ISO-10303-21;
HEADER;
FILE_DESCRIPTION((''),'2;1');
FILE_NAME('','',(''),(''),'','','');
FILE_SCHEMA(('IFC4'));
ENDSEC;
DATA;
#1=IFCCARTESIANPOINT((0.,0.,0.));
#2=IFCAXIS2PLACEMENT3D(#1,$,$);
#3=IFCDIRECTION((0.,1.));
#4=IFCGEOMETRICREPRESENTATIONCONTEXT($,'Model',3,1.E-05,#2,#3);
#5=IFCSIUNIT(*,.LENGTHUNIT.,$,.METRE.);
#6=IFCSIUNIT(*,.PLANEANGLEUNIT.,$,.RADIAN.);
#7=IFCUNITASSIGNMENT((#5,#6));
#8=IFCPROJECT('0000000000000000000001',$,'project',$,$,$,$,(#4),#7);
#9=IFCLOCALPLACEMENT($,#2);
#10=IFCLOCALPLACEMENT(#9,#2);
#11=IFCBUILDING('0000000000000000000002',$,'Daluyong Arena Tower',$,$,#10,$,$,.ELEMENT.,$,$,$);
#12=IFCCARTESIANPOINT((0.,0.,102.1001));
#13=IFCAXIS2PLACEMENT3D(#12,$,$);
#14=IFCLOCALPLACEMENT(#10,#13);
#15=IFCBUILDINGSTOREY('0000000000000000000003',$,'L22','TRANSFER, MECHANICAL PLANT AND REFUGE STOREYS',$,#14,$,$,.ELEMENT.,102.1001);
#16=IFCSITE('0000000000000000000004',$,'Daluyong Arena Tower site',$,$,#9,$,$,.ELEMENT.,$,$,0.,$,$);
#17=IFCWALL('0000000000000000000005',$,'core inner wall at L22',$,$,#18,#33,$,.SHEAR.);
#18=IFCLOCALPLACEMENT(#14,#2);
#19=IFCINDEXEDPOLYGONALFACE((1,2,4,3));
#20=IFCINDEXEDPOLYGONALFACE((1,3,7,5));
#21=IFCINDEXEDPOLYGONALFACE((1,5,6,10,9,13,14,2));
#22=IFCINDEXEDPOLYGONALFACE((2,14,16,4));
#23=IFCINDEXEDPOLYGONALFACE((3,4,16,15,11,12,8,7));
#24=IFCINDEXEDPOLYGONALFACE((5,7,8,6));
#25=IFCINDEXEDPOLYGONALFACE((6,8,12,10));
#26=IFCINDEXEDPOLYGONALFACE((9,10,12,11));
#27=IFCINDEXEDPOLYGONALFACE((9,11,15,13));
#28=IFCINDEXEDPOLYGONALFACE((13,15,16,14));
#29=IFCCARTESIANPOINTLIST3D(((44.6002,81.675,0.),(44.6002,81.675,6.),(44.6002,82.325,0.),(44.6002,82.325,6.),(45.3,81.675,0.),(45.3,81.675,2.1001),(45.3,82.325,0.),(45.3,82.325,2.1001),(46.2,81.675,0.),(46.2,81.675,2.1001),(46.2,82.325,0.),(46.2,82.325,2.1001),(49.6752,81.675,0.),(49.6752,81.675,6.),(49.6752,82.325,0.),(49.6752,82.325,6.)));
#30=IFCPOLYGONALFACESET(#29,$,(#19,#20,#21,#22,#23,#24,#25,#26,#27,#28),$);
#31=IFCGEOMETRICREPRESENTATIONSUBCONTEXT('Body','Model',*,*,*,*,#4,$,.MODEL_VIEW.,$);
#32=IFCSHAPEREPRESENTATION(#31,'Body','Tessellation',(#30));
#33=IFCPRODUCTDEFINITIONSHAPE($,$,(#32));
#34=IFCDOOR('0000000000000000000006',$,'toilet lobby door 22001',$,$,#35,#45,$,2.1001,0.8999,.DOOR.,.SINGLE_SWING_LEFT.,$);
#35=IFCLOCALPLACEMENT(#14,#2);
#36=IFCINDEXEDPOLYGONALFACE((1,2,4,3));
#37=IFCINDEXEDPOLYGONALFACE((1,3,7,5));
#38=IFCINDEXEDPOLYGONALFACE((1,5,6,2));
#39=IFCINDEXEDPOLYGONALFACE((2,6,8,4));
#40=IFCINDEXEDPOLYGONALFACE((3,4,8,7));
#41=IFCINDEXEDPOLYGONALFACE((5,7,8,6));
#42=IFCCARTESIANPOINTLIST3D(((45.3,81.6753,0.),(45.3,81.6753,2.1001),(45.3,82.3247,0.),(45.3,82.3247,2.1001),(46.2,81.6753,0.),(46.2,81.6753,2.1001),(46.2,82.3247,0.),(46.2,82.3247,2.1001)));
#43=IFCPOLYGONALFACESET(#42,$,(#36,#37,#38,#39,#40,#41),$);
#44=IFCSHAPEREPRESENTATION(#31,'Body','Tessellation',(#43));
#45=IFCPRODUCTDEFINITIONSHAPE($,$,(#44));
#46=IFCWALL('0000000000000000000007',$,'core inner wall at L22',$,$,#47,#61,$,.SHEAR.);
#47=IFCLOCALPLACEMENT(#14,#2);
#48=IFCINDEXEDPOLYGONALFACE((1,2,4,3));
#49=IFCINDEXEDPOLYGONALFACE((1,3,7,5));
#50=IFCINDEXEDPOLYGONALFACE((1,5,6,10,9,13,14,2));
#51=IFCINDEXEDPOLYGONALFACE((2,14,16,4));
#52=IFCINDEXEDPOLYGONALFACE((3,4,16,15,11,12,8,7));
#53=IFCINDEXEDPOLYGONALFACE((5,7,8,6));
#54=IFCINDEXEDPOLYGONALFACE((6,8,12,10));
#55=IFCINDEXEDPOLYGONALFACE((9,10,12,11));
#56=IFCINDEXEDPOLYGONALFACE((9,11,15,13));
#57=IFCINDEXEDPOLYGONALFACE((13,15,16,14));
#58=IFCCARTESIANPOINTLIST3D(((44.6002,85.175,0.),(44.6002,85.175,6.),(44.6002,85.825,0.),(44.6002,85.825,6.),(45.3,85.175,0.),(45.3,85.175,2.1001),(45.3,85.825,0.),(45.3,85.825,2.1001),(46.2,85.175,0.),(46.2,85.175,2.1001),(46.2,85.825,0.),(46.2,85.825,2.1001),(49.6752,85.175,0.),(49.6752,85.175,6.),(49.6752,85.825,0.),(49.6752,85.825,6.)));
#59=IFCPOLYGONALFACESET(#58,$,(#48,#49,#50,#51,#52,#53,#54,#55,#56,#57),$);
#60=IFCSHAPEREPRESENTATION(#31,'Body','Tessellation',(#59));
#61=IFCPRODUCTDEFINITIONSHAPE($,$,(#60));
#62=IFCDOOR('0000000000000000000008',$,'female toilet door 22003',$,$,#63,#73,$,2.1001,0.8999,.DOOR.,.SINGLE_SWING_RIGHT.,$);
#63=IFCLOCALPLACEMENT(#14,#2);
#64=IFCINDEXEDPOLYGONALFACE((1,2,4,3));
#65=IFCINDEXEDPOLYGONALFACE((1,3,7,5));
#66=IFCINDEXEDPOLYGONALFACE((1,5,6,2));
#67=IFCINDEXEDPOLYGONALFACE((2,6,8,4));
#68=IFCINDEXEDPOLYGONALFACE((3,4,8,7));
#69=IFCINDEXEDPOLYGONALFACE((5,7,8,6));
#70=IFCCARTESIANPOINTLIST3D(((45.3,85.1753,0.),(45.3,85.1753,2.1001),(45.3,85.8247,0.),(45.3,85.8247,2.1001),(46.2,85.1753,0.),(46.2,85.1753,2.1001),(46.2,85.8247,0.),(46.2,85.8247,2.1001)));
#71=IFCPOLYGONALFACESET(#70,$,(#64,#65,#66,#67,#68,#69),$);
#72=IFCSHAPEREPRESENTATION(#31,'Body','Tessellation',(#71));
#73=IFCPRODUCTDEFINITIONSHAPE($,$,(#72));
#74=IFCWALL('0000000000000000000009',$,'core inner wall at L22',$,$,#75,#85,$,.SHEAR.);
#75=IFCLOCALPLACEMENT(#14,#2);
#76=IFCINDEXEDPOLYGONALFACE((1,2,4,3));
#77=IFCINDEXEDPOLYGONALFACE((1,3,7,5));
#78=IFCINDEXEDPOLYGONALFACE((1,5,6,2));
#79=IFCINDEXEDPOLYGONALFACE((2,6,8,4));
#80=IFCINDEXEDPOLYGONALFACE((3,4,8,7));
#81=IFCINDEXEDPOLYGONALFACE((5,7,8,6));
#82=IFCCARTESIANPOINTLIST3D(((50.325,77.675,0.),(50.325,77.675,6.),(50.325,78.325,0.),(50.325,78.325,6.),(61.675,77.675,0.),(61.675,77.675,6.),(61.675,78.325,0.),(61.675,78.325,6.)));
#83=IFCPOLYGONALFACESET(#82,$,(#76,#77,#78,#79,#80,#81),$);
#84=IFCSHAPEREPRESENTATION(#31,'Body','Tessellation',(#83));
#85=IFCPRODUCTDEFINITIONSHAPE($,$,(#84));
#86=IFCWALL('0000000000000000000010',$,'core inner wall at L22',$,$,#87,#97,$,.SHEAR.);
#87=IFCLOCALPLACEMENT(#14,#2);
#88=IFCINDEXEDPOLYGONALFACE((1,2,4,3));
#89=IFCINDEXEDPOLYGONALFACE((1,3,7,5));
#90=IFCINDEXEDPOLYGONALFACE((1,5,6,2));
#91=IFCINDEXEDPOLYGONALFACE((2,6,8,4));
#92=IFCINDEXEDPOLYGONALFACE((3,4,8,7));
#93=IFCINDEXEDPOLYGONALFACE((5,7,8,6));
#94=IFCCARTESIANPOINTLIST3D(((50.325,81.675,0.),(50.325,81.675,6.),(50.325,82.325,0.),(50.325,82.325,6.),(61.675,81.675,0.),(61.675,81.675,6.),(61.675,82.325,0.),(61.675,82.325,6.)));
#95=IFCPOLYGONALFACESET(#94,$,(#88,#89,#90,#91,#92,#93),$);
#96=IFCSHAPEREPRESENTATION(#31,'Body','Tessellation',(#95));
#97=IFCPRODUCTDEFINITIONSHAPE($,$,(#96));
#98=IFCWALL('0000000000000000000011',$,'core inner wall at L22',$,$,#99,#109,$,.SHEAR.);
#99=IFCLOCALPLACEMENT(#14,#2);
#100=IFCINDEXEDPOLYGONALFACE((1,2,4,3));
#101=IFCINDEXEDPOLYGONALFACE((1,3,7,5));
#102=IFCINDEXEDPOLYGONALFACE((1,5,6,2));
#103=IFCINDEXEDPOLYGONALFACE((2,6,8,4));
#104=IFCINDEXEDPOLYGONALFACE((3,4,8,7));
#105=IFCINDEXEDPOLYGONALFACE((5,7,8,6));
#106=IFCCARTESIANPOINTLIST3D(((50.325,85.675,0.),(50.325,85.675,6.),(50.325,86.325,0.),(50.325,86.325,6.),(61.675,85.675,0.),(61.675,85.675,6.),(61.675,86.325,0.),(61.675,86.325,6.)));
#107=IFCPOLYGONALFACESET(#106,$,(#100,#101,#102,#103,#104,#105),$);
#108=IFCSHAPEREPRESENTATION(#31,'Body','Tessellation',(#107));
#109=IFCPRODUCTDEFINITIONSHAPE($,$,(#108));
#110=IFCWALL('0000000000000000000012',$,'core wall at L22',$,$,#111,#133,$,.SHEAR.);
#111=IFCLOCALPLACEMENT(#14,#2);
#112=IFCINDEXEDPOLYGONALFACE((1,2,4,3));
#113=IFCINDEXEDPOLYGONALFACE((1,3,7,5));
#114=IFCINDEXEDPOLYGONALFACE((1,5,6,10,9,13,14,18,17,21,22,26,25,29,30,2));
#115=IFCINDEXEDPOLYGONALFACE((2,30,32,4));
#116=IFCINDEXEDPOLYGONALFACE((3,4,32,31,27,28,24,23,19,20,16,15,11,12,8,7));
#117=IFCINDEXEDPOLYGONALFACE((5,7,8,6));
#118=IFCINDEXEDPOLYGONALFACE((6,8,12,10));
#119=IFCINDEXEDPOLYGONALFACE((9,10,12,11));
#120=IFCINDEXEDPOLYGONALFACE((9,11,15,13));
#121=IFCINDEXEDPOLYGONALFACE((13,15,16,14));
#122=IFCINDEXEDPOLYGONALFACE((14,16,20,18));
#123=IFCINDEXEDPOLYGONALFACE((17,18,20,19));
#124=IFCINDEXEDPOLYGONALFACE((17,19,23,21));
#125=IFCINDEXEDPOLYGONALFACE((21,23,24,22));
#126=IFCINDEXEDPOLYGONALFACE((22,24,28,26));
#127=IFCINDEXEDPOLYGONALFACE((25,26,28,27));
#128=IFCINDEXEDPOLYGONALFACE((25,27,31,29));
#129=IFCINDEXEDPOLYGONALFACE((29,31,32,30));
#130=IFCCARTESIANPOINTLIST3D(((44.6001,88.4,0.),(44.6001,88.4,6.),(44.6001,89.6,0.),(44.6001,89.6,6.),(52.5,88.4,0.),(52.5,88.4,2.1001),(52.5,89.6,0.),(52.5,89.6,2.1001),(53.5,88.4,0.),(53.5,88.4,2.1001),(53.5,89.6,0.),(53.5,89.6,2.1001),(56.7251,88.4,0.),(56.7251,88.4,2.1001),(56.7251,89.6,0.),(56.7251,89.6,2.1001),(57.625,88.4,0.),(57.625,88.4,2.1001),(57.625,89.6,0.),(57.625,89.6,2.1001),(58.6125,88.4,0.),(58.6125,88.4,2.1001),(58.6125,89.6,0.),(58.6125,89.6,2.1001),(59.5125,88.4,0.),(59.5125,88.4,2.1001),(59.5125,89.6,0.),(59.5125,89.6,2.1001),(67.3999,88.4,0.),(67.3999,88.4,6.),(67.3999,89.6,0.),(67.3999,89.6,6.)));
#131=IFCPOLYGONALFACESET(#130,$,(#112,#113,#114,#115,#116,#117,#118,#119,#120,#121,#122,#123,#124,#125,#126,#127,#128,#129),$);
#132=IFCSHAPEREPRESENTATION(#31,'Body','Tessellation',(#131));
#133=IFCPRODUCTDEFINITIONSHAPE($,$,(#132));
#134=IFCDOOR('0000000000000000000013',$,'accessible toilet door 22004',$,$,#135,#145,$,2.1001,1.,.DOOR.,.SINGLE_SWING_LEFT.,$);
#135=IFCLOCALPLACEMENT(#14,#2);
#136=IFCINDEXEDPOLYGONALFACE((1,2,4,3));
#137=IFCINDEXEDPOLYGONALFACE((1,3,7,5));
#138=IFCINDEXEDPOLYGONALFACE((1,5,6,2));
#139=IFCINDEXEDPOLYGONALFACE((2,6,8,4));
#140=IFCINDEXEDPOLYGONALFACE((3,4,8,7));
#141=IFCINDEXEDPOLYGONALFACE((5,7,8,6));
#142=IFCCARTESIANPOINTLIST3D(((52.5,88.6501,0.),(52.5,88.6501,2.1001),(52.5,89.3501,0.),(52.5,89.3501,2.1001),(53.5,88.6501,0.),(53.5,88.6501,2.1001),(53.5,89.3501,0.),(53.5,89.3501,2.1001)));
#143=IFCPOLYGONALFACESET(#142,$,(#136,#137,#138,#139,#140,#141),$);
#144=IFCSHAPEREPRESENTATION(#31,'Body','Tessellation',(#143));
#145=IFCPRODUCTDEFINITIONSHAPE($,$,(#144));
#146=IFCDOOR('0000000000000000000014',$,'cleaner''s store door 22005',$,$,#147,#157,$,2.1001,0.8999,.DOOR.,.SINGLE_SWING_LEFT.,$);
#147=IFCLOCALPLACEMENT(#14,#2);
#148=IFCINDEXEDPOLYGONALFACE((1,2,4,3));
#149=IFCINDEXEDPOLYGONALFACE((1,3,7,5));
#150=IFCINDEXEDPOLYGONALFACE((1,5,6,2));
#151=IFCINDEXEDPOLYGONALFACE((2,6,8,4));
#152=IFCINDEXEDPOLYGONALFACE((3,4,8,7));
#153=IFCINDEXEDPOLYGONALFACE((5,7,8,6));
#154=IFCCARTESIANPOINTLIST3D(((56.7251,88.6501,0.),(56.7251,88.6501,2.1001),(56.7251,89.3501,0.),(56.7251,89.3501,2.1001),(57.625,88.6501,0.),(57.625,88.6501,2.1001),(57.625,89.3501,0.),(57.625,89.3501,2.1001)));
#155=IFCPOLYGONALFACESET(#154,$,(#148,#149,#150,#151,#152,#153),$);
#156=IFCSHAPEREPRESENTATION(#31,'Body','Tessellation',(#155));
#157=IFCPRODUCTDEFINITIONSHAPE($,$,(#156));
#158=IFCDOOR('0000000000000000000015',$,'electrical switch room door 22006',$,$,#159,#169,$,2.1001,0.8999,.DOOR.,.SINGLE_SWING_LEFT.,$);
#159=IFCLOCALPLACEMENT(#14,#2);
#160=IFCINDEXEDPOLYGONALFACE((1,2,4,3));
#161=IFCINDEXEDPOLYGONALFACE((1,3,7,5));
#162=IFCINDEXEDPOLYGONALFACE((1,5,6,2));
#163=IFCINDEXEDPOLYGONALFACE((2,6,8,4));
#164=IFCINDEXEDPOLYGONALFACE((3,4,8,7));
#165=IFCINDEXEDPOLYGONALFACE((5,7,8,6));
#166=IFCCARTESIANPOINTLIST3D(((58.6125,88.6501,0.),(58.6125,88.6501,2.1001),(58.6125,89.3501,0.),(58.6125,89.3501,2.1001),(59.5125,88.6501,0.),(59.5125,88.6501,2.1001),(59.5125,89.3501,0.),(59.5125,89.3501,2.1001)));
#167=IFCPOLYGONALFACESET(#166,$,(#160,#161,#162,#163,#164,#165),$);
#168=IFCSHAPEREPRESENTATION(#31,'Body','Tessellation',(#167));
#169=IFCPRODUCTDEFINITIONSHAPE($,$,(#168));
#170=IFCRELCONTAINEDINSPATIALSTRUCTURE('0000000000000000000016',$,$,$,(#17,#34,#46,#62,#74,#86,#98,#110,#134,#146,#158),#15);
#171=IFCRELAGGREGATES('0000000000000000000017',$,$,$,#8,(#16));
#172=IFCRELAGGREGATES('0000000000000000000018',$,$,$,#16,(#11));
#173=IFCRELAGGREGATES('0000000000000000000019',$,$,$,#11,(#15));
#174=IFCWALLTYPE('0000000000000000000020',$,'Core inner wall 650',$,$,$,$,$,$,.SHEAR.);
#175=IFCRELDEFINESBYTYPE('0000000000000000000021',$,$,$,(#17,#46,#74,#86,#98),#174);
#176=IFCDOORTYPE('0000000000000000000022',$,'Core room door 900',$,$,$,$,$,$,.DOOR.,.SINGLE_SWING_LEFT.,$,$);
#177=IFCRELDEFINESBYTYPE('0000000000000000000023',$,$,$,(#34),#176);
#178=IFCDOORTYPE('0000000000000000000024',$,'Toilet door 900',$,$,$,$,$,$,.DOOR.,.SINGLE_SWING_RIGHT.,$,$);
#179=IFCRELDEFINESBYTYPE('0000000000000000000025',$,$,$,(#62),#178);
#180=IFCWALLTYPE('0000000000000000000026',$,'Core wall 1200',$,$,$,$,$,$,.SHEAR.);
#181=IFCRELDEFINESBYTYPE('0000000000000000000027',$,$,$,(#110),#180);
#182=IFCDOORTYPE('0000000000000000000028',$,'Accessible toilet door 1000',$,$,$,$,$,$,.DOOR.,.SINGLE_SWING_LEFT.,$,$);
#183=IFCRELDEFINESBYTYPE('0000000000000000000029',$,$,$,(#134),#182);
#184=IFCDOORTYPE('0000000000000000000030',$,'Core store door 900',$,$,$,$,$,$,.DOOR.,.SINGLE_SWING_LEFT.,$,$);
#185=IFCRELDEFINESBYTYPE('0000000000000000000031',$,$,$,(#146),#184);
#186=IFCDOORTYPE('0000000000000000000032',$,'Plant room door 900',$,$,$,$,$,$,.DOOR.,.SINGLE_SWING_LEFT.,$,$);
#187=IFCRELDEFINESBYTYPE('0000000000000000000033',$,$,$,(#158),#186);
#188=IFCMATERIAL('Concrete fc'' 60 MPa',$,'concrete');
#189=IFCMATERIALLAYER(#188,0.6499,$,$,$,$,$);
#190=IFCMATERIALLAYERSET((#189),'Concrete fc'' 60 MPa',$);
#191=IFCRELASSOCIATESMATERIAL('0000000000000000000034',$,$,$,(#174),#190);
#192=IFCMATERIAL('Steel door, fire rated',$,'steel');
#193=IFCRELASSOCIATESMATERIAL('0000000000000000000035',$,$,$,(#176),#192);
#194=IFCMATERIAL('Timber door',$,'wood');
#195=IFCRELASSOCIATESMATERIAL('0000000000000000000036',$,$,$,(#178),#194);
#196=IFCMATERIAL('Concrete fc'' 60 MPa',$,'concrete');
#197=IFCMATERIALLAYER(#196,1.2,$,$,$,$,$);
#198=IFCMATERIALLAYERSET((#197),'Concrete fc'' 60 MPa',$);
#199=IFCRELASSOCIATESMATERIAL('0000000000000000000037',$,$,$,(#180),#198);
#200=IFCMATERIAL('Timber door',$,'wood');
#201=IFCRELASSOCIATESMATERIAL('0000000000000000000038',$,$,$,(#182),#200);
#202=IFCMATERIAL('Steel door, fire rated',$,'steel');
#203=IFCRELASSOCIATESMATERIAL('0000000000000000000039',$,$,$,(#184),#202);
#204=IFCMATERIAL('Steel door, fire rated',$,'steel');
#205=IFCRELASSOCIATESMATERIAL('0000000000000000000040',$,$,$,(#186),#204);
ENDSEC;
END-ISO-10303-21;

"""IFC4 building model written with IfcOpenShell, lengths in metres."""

from ifc_helpers import new_model, si_unit, direction, frame, frame_2d, origin, place, context, subcontext, project, spatial, rectangle, extrude, material, layer, layer_set, type_object, element, fill, save


model = new_model("IFC4")

# Units and contexts
model_context = context("Model", 3, precision=1e-05, world=origin(), true_north=direction((0.0, 1.0)))
body_context = subcontext(model_context, "Body", "Model", "MODEL_VIEW")
ifc_project = project(units=[si_unit("LENGTHUNIT", "METRE"), si_unit("PLANEANGLEUNIT", "RADIAN")], contexts=[model_context])

# Site, building, storey
site_placement = place(None, origin())
site = spatial("IfcSite", under=ifc_project, at=site_placement, Name="Daluyong Arena Tower site", CompositionType="ELEMENT", RefElevation=0.0)
building_placement = place(site_placement, origin())
building = spatial("IfcBuilding", under=site, at=building_placement, Name="Daluyong Arena Tower", CompositionType="ELEMENT")
storey_placement = place(building_placement, frame((0.0, 0.0, 102.1001)))
storey = spatial("IfcBuildingStorey", under=building, at=storey_placement, Name="L22", Description="TRANSFER, MECHANICAL PLANT AND REFUGE STOREYS", CompositionType="ELEMENT", Elevation=102.1001)

# Walls, openings, doors
ifc_material_1 = material(Name="Concrete fc' 60 MPa", Category="concrete")
ifc_layer_1 = layer(ifc_material_1, 0.6499)
ifc_layer_set_1 = layer_set([ifc_layer_1], Name="Concrete fc' 60 MPa")
wall_type_1 = type_object("IfcWallType", Name="Core inner wall 650", PredefinedType="SHEAR", material=ifc_layer_set_1)
wall_1_placement = place(storey_placement, frame((44.6001, 82.0, 0.0), z_axis=(0.0, 0.0, 1.0), x_axis=(1.0, 0.0, 0.0)))
wall_1 = element("IfcWall", 1, at=wall_1_placement, inside=storey, type_object=wall_type_1, Name="core inner wall at L22", PredefinedType="SHEAR", context=body_context, shape_type="SweptSolid", body=[
    extrude(rectangle(XDim=5.075, YDim=0.6499, at=frame_2d((2.5376, 0.0))), origin(), (0.0, 0.0, 1.0), 6.0),
])
opening_1_placement = place(wall_1_placement, frame((0.7, 0.0, 0.0)))
opening_1 = element("IfcOpeningElement", 2, at=opening_1_placement, cuts=wall_1, PredefinedType="OPENING", context=body_context, shape_type="SweptSolid", body=[
    extrude(rectangle(XDim=0.8999, YDim=2.1001, at=frame_2d((0.45, 1.05))), frame((0.0, 0.335, 0.0), z_axis=(0.0, -1.0, 0.0), x_axis=(1.0, 0.0, 0.0)), (0.0, 0.0, 1.0), 0.6699),
])
ifc_material_2 = material(Name="Steel door, fire rated", Category="steel")
door_type_1 = type_object("IfcDoorType", Name="Core room door 900", OperationType="SINGLE_SWING_LEFT", PredefinedType="DOOR", material=ifc_material_2)
door_1_placement = place(opening_1_placement, origin())
door_1 = element("IfcDoor", 3, at=door_1_placement, inside=storey, type_object=door_type_1, Name="toilet lobby door 22001", OperationType="SINGLE_SWING_LEFT", OverallHeight=2.1001, OverallWidth=0.8999, PredefinedType="DOOR", context=body_context, shape_type="SweptSolid", body=[
    extrude(rectangle(XDim=0.8999, YDim=2.1001, at=frame_2d((0.45, 1.05))), frame((0.0, 0.3247, 0.0), z_axis=(0.0, -1.0, 0.0), x_axis=(1.0, 0.0, 0.0)), (0.0, 0.0, 1.0), 0.6494),
])
fill(opening_1, door_1)
wall_2_placement = place(storey_placement, frame((44.6001, 85.5, 0.0), z_axis=(0.0, 0.0, 1.0), x_axis=(1.0, 0.0, 0.0)))
wall_2 = element("IfcWall", 4, at=wall_2_placement, inside=storey, type_object=wall_type_1, Name="core inner wall at L22", PredefinedType="SHEAR", context=body_context, shape_type="SweptSolid", body=[
    extrude(rectangle(XDim=5.075, YDim=0.6499, at=frame_2d((2.5376, 0.0))), origin(), (0.0, 0.0, 1.0), 6.0),
])
opening_2_placement = place(wall_2_placement, frame((0.7, 0.0, 0.0)))
opening_2 = element("IfcOpeningElement", 5, at=opening_2_placement, cuts=wall_2, PredefinedType="OPENING", context=body_context, shape_type="SweptSolid", body=[
    extrude(rectangle(XDim=0.8999, YDim=2.1001, at=frame_2d((0.45, 1.05))), frame((0.0, 0.335, 0.0), z_axis=(0.0, -1.0, 0.0), x_axis=(1.0, 0.0, 0.0)), (0.0, 0.0, 1.0), 0.6699),
])
ifc_material_3 = material(Name="Timber door", Category="wood")
door_type_2 = type_object("IfcDoorType", Name="Toilet door 900", OperationType="SINGLE_SWING_RIGHT", PredefinedType="DOOR", material=ifc_material_3)
door_2_placement = place(opening_2_placement, origin())
door_2 = element("IfcDoor", 6, at=door_2_placement, inside=storey, type_object=door_type_2, Name="female toilet door 22003", OperationType="SINGLE_SWING_RIGHT", OverallHeight=2.1001, OverallWidth=0.8999, PredefinedType="DOOR", context=body_context, shape_type="SweptSolid", body=[
    extrude(rectangle(XDim=0.8999, YDim=2.1001, at=frame_2d((0.45, 1.05))), frame((0.0, 0.3247, 0.0), z_axis=(0.0, -1.0, 0.0), x_axis=(1.0, 0.0, 0.0)), (0.0, 0.0, 1.0), 0.6494),
])
fill(opening_2, door_2)

# Walls
for number, where, z_axis, x_axis, name in (
    (7, (50.325, 78.0, 0.0), (0.0, 0.0, 1.0), (1.0, 0.0, 0.0), "core inner wall at L22"),
    (8, (50.325, 82.0, 0.0), (0.0, 0.0, 1.0), (1.0, 0.0, 0.0), "core inner wall at L22"),
    (9, (50.325, 86.0, 0.0), (0.0, 0.0, 1.0), (1.0, 0.0, 0.0), "core inner wall at L22"),
):
    element("IfcWall", number, at=place(storey_placement, frame(where, z_axis=z_axis, x_axis=x_axis)), inside=storey, type_object=wall_type_1, Name=name, PredefinedType="SHEAR", context=body_context, shape_type="SweptSolid", body=[
        extrude(rectangle(XDim=11.3501, YDim=0.6499, at=frame_2d((5.675, 0.0))), origin(), (0.0, 0.0, 1.0), 6.0),
    ])

# Wall, openings, doors
ifc_material_4 = material(Name="Concrete fc' 60 MPa", Category="concrete")
ifc_layer_2 = layer(ifc_material_4, 1.2)
ifc_layer_set_2 = layer_set([ifc_layer_2], Name="Concrete fc' 60 MPa")
wall_type_2 = type_object("IfcWallType", Name="Core wall 1200", PredefinedType="SHEAR", material=ifc_layer_set_2)
wall_3_placement = place(storey_placement, frame((44.6001, 89.0, 0.0), z_axis=(0.0, 0.0, 1.0), x_axis=(1.0, 0.0, 0.0)))
wall_3 = element("IfcWall", 10, at=wall_3_placement, inside=storey, type_object=wall_type_2, Name="core wall at L22", PredefinedType="SHEAR", context=body_context, shape_type="SweptSolid", body=[
    extrude(rectangle(XDim=22.7998, YDim=1.2, at=frame_2d((11.3999, 0.0))), origin(), (0.0, 0.0, 1.0), 6.0),
])
opening_3_placement = place(wall_3_placement, frame((7.8999, 0.0, 0.0)))
opening_3 = element("IfcOpeningElement", 11, at=opening_3_placement, cuts=wall_3, PredefinedType="OPENING", context=body_context, shape_type="SweptSolid", body=[
    extrude(rectangle(XDim=1.0, YDim=2.1001, at=frame_2d((0.5, 1.05))), frame((0.0, 0.6099, 0.0), z_axis=(0.0, -1.0, 0.0), x_axis=(1.0, 0.0, 0.0)), (0.0, 0.0, 1.0), 1.22),
])
opening_4_placement = place(wall_3_placement, frame((12.125, 0.0, 0.0)))
opening_4 = element("IfcOpeningElement", 12, at=opening_4_placement, cuts=wall_3, PredefinedType="OPENING", context=body_context, shape_type="SweptSolid", body=[
    extrude(rectangle(XDim=0.8999, YDim=2.1001, at=frame_2d((0.45, 1.05))), frame((0.0, 0.6099, 0.0), z_axis=(0.0, -1.0, 0.0), x_axis=(1.0, 0.0, 0.0)), (0.0, 0.0, 1.0), 1.22),
])
opening_5_placement = place(wall_3_placement, frame((14.0125, 0.0, 0.0)))
opening_5 = element("IfcOpeningElement", 13, at=opening_5_placement, cuts=wall_3, PredefinedType="OPENING", context=body_context, shape_type="SweptSolid", body=[
    extrude(rectangle(XDim=0.8999, YDim=2.1001, at=frame_2d((0.45, 1.05))), frame((0.0, 0.6099, 0.0), z_axis=(0.0, -1.0, 0.0), x_axis=(1.0, 0.0, 0.0)), (0.0, 0.0, 1.0), 1.22),
])
ifc_material_5 = material(Name="Timber door", Category="wood")
door_type_3 = type_object("IfcDoorType", Name="Accessible toilet door 1000", OperationType="SINGLE_SWING_LEFT", PredefinedType="DOOR", material=ifc_material_5)
door_3_placement = place(opening_3_placement, origin())
door_3 = element("IfcDoor", 14, at=door_3_placement, inside=storey, type_object=door_type_3, Name="accessible toilet door 22004", OperationType="SINGLE_SWING_LEFT", OverallHeight=2.1001, OverallWidth=1.0, PredefinedType="DOOR", context=body_context, shape_type="SweptSolid", body=[
    extrude(rectangle(XDim=1.0, YDim=2.1001, at=frame_2d((0.5, 1.05))), frame((0.0, 0.3501, 0.0), z_axis=(0.0, -1.0, 0.0), x_axis=(1.0, 0.0, 0.0)), (0.0, 0.0, 1.0), 0.7),
])
fill(opening_3, door_3)
ifc_material_6 = material(Name="Steel door, fire rated", Category="steel")
door_type_4 = type_object("IfcDoorType", Name="Core store door 900", OperationType="SINGLE_SWING_LEFT", PredefinedType="DOOR", material=ifc_material_6)
door_4_placement = place(opening_4_placement, origin())
door_4 = element("IfcDoor", 15, at=door_4_placement, inside=storey, type_object=door_type_4, Name="cleaner's store door 22005", OperationType="SINGLE_SWING_LEFT", OverallHeight=2.1001, OverallWidth=0.8999, PredefinedType="DOOR", context=body_context, shape_type="SweptSolid", body=[
    extrude(rectangle(XDim=0.8999, YDim=2.1001, at=frame_2d((0.45, 1.05))), frame((0.0, 0.3501, 0.0), z_axis=(0.0, -1.0, 0.0), x_axis=(1.0, 0.0, 0.0)), (0.0, 0.0, 1.0), 0.7),
])
fill(opening_4, door_4)
ifc_material_7 = material(Name="Steel door, fire rated", Category="steel")
door_type_5 = type_object("IfcDoorType", Name="Plant room door 900", OperationType="SINGLE_SWING_LEFT", PredefinedType="DOOR", material=ifc_material_7)
door_5_placement = place(opening_5_placement, origin())
door_5 = element("IfcDoor", 16, at=door_5_placement, inside=storey, type_object=door_type_5, Name="electrical switch room door 22006", OperationType="SINGLE_SWING_LEFT", OverallHeight=2.1001, OverallWidth=0.8999, PredefinedType="DOOR", context=body_context, shape_type="SweptSolid", body=[
    extrude(rectangle(XDim=0.8999, YDim=2.1001, at=frame_2d((0.45, 1.05))), frame((0.0, 0.3501, 0.0), z_axis=(0.0, -1.0, 0.0), x_axis=(1.0, 0.0, 0.0)), (0.0, 0.0, 1.0), 0.7),
])
fill(opening_5, door_5)

save(model, "model.ifc")
